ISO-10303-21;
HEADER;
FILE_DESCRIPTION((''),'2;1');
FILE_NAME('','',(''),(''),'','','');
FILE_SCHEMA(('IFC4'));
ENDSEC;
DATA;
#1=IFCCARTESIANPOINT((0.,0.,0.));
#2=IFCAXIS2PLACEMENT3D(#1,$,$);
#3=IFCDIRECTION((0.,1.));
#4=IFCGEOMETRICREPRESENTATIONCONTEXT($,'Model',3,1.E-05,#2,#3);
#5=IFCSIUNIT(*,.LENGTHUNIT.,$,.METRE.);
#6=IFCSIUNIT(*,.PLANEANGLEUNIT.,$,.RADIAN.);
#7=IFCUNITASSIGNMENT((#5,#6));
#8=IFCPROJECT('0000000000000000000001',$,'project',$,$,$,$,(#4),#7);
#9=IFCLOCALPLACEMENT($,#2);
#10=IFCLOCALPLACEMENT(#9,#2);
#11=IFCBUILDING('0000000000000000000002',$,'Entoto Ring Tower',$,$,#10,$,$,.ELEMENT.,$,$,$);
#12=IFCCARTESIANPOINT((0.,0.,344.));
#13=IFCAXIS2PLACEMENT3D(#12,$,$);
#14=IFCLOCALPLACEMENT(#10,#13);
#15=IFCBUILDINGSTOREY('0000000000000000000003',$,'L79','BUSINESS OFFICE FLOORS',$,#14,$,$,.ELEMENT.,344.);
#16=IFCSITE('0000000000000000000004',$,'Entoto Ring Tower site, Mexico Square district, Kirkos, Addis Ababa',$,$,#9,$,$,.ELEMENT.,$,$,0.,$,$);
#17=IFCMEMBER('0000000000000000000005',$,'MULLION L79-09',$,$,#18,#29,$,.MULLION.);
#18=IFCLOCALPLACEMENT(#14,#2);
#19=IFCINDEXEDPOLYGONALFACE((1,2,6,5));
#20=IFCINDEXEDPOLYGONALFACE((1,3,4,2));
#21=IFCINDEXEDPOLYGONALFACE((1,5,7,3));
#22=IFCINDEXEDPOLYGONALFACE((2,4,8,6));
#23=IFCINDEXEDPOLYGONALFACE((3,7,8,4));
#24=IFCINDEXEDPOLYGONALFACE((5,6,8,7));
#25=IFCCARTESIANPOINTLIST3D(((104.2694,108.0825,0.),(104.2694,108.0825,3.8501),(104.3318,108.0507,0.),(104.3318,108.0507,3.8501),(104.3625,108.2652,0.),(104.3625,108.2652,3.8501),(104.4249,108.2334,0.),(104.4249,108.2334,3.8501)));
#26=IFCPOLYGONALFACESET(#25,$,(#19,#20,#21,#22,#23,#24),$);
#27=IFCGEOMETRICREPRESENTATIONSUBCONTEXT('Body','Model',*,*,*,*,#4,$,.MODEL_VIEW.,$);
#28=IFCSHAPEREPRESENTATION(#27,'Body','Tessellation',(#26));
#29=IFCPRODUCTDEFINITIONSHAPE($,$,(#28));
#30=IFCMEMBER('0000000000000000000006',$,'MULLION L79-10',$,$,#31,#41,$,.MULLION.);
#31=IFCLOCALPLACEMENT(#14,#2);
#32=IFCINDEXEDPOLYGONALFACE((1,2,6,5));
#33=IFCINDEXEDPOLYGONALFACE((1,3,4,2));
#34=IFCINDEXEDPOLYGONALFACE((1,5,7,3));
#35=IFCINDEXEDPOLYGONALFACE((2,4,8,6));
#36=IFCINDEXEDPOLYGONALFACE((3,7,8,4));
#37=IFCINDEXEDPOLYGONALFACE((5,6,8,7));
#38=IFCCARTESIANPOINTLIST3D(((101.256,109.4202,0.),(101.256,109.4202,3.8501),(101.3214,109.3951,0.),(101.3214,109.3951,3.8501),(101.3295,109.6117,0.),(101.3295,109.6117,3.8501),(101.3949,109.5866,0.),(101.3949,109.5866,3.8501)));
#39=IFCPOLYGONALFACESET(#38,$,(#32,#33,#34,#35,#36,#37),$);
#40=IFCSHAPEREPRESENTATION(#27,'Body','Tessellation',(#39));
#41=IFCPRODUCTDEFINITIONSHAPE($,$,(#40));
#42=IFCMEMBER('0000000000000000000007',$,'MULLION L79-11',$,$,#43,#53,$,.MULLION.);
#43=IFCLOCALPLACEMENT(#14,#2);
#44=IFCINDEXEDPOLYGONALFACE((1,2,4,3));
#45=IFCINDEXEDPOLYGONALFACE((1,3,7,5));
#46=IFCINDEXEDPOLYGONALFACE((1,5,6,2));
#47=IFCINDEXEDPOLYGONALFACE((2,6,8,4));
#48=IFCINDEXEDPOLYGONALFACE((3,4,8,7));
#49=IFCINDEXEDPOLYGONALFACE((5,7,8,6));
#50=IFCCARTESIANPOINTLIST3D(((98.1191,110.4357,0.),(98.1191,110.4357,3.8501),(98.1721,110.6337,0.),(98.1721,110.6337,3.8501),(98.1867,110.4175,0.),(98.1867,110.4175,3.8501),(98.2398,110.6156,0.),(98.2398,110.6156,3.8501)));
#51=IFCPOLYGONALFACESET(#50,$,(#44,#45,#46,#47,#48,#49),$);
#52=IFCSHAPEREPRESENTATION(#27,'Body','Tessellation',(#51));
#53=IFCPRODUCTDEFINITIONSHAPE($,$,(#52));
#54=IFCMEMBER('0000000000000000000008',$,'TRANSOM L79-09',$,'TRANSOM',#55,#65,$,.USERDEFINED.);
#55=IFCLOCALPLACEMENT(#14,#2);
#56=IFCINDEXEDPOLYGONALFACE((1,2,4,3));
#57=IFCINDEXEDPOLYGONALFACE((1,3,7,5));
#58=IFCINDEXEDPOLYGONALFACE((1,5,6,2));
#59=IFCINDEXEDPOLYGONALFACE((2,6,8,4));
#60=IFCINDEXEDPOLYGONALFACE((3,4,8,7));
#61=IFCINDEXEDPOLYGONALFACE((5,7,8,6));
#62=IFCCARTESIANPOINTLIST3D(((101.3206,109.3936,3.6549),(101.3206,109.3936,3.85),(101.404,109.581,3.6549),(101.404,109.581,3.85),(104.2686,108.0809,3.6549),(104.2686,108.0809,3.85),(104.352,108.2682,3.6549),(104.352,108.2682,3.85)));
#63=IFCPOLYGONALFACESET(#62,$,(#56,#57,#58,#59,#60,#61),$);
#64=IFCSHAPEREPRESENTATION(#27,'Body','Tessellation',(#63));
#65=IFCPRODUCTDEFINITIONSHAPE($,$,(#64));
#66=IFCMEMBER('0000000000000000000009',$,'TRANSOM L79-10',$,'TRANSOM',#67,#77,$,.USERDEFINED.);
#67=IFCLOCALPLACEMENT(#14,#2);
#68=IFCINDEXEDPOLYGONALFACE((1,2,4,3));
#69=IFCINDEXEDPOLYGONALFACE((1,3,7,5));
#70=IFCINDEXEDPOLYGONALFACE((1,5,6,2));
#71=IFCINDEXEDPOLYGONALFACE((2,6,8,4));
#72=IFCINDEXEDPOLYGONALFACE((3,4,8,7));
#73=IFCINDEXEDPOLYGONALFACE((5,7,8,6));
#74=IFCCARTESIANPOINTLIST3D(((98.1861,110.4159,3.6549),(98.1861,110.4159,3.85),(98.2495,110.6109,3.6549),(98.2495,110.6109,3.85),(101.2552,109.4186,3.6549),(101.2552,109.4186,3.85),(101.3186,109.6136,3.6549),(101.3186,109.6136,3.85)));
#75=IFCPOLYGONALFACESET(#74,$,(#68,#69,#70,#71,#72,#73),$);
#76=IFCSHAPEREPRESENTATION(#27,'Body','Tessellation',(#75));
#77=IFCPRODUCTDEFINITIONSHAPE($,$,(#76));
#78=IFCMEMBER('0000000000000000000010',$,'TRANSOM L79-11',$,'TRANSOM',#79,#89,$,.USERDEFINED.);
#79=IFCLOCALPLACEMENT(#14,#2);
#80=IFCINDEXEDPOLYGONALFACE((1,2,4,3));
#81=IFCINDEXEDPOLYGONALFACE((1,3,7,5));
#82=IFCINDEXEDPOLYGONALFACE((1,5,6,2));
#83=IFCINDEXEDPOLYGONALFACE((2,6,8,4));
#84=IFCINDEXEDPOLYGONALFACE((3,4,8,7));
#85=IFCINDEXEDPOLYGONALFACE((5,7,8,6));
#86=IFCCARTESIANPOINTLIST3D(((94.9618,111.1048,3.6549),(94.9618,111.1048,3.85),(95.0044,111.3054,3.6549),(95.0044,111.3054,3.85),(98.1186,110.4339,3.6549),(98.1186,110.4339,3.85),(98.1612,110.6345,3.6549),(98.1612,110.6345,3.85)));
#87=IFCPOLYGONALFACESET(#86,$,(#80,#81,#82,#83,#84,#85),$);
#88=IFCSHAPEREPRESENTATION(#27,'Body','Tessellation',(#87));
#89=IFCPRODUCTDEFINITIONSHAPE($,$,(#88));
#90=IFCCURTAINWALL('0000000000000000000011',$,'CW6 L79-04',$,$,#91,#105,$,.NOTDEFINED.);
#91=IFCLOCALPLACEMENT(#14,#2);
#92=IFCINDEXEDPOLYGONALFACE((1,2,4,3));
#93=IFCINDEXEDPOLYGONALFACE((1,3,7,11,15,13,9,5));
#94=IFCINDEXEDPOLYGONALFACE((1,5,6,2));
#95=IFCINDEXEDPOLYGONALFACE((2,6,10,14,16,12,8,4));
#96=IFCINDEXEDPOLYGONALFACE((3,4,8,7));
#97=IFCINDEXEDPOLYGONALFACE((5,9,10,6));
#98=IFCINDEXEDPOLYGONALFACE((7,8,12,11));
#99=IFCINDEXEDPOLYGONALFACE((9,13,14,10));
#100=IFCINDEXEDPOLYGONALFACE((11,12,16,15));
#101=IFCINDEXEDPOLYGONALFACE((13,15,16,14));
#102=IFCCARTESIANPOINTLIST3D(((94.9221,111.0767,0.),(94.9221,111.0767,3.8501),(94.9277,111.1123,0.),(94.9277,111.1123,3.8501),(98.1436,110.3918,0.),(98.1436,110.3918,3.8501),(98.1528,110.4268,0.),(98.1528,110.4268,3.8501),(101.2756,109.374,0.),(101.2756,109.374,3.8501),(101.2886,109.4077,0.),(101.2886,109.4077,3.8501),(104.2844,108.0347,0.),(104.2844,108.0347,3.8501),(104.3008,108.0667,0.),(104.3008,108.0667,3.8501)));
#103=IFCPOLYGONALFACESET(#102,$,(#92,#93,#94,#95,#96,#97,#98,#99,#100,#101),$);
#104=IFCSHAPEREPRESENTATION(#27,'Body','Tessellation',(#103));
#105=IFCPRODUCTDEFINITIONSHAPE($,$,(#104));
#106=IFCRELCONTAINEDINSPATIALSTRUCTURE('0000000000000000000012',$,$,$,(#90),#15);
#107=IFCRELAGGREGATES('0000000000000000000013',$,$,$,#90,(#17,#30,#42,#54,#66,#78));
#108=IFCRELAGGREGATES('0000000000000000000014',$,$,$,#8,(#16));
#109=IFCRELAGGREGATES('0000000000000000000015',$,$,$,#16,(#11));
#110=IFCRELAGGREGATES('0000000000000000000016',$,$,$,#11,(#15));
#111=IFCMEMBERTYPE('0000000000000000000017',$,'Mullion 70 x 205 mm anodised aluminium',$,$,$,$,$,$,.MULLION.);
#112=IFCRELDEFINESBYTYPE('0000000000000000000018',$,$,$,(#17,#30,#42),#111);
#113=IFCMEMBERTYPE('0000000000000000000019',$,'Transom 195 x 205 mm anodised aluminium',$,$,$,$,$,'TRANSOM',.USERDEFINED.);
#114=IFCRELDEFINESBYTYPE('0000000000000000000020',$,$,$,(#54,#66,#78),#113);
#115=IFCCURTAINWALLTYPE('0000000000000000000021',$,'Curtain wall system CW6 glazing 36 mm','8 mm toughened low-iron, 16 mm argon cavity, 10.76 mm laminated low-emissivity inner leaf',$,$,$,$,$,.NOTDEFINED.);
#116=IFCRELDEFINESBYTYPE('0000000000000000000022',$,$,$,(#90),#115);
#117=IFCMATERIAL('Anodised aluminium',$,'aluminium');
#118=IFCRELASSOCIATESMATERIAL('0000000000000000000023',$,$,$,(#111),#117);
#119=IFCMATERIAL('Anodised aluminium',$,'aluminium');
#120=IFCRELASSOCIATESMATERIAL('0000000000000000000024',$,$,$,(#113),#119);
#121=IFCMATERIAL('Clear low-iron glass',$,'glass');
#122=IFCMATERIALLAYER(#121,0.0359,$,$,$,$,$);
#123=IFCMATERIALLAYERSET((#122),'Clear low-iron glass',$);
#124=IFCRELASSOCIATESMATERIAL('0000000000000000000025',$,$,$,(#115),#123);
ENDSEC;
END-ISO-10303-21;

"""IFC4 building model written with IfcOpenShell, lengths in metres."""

from ifc_helpers import new_model, si_unit, direction, frame, origin, origin_2d, place, context, subcontext, project, spatial, polyline, rectangle, outline, extrude, material, layer, layer_set, material_profile, profile_set, type_object, element, aggregate, save


model = new_model("IFC4")

# Units and contexts
model_context = context("Model", 3, precision=1e-05, world=origin(), true_north=direction((0.0, 1.0)))
body_context = subcontext(model_context, "Body", "Model", "MODEL_VIEW")
ifc_project = project(units=[si_unit("LENGTHUNIT", "METRE"), si_unit("PLANEANGLEUNIT", "RADIAN")], contexts=[model_context])

# Members
ifc_material_1 = material(Name="Anodised aluminium", Category="aluminium")
ifc_material_profile_1 = material_profile(ifc_material_1, rectangle(XDim=0.0701, YDim=0.2051, at=origin_2d()), Name="Mullion 70 x 205 mm anodised aluminium")
ifc_profile_set_1 = profile_set([ifc_material_profile_1], Name="Anodised aluminium")
member_type_1 = type_object("IfcMemberType", Name="Mullion 70 x 205 mm anodised aluminium", PredefinedType="MULLION", material=ifc_profile_set_1)
site_placement = place(None, origin())
building_placement = place(site_placement, origin())
storey_placement = place(building_placement, frame((0.0, 0.0, 344.0)))
member_1_placement = place(storey_placement, frame((104.3472, 108.158, 0.0), z_axis=(0.0, 0.0, 1.0), x_axis=(-0.891007, 0.45399, 0.0)))
member_1 = element("IfcMember", 1, at=member_1_placement, type_object=member_type_1, Name="MULLION L79-09", PredefinedType="MULLION", context=body_context, shape_type="SweptSolid", body=[
    extrude(rectangle(XDim=0.0701, YDim=0.2051, at=origin_2d()), origin(), (0.0, 0.0, 1.0), 3.8501),
])
member_2_placement = place(storey_placement, frame((101.3254, 109.5034, 0.0), z_axis=(0.0, 0.0, 1.0), x_axis=(-0.93358, 0.358368, 0.0)))
member_2 = element("IfcMember", 2, at=member_2_placement, type_object=member_type_1, Name="MULLION L79-10", PredefinedType="MULLION", context=body_context, shape_type="SweptSolid", body=[
    extrude(rectangle(XDim=0.0701, YDim=0.2051, at=origin_2d()), origin(), (0.0, 0.0, 1.0), 3.8501),
])
member_3_placement = place(storey_placement, frame((98.1794, 110.5256, 0.0), z_axis=(0.0, 0.0, 1.0), x_axis=(-0.965926, 0.258819, 0.0)))
member_3 = element("IfcMember", 3, at=member_3_placement, type_object=member_type_1, Name="MULLION L79-11", PredefinedType="MULLION", context=body_context, shape_type="SweptSolid", body=[
    extrude(rectangle(XDim=0.0701, YDim=0.2051, at=origin_2d()), origin(), (0.0, 0.0, 1.0), 3.8501),
])
ifc_material_2 = material(Name="Anodised aluminium", Category="aluminium")
ifc_material_profile_2 = material_profile(ifc_material_2, rectangle(XDim=0.2051, YDim=0.1951, at=origin_2d()), Name="Transom 195 x 205 mm anodised aluminium")
ifc_profile_set_2 = profile_set([ifc_material_profile_2], Name="Anodised aluminium")
member_type_2 = type_object("IfcMemberType", Name="Transom 195 x 205 mm anodised aluminium", ElementType="TRANSOM", PredefinedType="USERDEFINED", material=ifc_profile_set_2)
member_4_placement = place(storey_placement, frame((104.3103, 108.1746, 3.7524), z_axis=(-0.913521, 0.406791, 0.0), x_axis=(-0.406791, -0.913521, 0.0)))
member_4 = element("IfcMember", 4, at=member_4_placement, type_object=member_type_2, Name="TRANSOM L79-09", ObjectType="TRANSOM", PredefinedType="USERDEFINED", context=body_context, shape_type="SweptSolid", body=[
    extrude(rectangle(XDim=0.2051, YDim=0.1951, at=origin_2d()), origin(), (0.0, 0.0, 1.0), 3.2271),
])
member_5_placement = place(storey_placement, frame((101.2869, 109.5161, 3.7524), z_axis=(-0.951047, 0.309047, 0.0), x_axis=(-0.309047, -0.951047, 0.0)))
member_5 = element("IfcMember", 5, at=member_5_placement, type_object=member_type_2, Name="TRANSOM L79-10", ObjectType="TRANSOM", PredefinedType="USERDEFINED", context=body_context, shape_type="SweptSolid", body=[
    extrude(rectangle(XDim=0.2051, YDim=0.1951, at=origin_2d()), origin(), (0.0, 0.0, 1.0), 3.2271),
])
member_6_placement = place(storey_placement, frame((98.1399, 110.5342, 3.7524), z_axis=(-0.978153, 0.207886, 0.0), x_axis=(-0.207886, -0.978153, 0.0)))
member_6 = element("IfcMember", 6, at=member_6_placement, type_object=member_type_2, Name="TRANSOM L79-11", ObjectType="TRANSOM", PredefinedType="USERDEFINED", context=body_context, shape_type="SweptSolid", body=[
    extrude(rectangle(XDim=0.2051, YDim=0.1951, at=origin_2d()), origin(), (0.0, 0.0, 1.0), 3.2273),
])

# Site, building, storey
site = spatial("IfcSite", under=ifc_project, at=site_placement, Name="Entoto Ring Tower site, Mexico Square district, Kirkos, Addis Ababa", CompositionType="ELEMENT", RefElevation=0.0)
building = spatial("IfcBuilding", under=site, at=building_placement, Name="Entoto Ring Tower", CompositionType="ELEMENT")
storey = spatial("IfcBuildingStorey", under=building, at=storey_placement, Name="L79", Description="BUSINESS OFFICE FLOORS", CompositionType="ELEMENT", Elevation=344.0)

# Curtain wall
ifc_material_3 = material(Name="Clear low-iron glass", Category="glass")
ifc_layer = layer(ifc_material_3, 0.0359)
ifc_layer_set = layer_set([ifc_layer], Name="Clear low-iron glass")
curtain_wall_type = type_object("IfcCurtainWallType", Name="Curtain wall system CW6 glazing 36 mm", Description="8 mm toughened low-iron, 16 mm argon cavity, 10.76 mm laminated low-emissivity inner leaf", PredefinedType="NOTDEFINED", material=ifc_layer_set)
curtain_wall_1_placement = place(storey_placement, origin())
curtain_wall_1 = element("IfcCurtainWall", 7, at=curtain_wall_1_placement, inside=storey, type_object=curtain_wall_type, Name="CW6 L79-04", PredefinedType="NOTDEFINED", context=body_context, shape_type="SweptSolid", body=[
    extrude(outline(polyline([(104.3008, 108.0667), (101.2886, 109.4077), (98.1528, 110.4268), (94.9277, 111.1123), (94.9221, 111.0767), (98.1436, 110.3918), (101.2756, 109.374), (104.2844, 108.0347), (104.3008, 108.0667)])), origin(), (0.0, 0.0, 1.0), 3.8501),
])
aggregate(curtain_wall_1, [member_1, member_2, member_3, member_4, member_5, member_6])

save(model, "model.ifc")
